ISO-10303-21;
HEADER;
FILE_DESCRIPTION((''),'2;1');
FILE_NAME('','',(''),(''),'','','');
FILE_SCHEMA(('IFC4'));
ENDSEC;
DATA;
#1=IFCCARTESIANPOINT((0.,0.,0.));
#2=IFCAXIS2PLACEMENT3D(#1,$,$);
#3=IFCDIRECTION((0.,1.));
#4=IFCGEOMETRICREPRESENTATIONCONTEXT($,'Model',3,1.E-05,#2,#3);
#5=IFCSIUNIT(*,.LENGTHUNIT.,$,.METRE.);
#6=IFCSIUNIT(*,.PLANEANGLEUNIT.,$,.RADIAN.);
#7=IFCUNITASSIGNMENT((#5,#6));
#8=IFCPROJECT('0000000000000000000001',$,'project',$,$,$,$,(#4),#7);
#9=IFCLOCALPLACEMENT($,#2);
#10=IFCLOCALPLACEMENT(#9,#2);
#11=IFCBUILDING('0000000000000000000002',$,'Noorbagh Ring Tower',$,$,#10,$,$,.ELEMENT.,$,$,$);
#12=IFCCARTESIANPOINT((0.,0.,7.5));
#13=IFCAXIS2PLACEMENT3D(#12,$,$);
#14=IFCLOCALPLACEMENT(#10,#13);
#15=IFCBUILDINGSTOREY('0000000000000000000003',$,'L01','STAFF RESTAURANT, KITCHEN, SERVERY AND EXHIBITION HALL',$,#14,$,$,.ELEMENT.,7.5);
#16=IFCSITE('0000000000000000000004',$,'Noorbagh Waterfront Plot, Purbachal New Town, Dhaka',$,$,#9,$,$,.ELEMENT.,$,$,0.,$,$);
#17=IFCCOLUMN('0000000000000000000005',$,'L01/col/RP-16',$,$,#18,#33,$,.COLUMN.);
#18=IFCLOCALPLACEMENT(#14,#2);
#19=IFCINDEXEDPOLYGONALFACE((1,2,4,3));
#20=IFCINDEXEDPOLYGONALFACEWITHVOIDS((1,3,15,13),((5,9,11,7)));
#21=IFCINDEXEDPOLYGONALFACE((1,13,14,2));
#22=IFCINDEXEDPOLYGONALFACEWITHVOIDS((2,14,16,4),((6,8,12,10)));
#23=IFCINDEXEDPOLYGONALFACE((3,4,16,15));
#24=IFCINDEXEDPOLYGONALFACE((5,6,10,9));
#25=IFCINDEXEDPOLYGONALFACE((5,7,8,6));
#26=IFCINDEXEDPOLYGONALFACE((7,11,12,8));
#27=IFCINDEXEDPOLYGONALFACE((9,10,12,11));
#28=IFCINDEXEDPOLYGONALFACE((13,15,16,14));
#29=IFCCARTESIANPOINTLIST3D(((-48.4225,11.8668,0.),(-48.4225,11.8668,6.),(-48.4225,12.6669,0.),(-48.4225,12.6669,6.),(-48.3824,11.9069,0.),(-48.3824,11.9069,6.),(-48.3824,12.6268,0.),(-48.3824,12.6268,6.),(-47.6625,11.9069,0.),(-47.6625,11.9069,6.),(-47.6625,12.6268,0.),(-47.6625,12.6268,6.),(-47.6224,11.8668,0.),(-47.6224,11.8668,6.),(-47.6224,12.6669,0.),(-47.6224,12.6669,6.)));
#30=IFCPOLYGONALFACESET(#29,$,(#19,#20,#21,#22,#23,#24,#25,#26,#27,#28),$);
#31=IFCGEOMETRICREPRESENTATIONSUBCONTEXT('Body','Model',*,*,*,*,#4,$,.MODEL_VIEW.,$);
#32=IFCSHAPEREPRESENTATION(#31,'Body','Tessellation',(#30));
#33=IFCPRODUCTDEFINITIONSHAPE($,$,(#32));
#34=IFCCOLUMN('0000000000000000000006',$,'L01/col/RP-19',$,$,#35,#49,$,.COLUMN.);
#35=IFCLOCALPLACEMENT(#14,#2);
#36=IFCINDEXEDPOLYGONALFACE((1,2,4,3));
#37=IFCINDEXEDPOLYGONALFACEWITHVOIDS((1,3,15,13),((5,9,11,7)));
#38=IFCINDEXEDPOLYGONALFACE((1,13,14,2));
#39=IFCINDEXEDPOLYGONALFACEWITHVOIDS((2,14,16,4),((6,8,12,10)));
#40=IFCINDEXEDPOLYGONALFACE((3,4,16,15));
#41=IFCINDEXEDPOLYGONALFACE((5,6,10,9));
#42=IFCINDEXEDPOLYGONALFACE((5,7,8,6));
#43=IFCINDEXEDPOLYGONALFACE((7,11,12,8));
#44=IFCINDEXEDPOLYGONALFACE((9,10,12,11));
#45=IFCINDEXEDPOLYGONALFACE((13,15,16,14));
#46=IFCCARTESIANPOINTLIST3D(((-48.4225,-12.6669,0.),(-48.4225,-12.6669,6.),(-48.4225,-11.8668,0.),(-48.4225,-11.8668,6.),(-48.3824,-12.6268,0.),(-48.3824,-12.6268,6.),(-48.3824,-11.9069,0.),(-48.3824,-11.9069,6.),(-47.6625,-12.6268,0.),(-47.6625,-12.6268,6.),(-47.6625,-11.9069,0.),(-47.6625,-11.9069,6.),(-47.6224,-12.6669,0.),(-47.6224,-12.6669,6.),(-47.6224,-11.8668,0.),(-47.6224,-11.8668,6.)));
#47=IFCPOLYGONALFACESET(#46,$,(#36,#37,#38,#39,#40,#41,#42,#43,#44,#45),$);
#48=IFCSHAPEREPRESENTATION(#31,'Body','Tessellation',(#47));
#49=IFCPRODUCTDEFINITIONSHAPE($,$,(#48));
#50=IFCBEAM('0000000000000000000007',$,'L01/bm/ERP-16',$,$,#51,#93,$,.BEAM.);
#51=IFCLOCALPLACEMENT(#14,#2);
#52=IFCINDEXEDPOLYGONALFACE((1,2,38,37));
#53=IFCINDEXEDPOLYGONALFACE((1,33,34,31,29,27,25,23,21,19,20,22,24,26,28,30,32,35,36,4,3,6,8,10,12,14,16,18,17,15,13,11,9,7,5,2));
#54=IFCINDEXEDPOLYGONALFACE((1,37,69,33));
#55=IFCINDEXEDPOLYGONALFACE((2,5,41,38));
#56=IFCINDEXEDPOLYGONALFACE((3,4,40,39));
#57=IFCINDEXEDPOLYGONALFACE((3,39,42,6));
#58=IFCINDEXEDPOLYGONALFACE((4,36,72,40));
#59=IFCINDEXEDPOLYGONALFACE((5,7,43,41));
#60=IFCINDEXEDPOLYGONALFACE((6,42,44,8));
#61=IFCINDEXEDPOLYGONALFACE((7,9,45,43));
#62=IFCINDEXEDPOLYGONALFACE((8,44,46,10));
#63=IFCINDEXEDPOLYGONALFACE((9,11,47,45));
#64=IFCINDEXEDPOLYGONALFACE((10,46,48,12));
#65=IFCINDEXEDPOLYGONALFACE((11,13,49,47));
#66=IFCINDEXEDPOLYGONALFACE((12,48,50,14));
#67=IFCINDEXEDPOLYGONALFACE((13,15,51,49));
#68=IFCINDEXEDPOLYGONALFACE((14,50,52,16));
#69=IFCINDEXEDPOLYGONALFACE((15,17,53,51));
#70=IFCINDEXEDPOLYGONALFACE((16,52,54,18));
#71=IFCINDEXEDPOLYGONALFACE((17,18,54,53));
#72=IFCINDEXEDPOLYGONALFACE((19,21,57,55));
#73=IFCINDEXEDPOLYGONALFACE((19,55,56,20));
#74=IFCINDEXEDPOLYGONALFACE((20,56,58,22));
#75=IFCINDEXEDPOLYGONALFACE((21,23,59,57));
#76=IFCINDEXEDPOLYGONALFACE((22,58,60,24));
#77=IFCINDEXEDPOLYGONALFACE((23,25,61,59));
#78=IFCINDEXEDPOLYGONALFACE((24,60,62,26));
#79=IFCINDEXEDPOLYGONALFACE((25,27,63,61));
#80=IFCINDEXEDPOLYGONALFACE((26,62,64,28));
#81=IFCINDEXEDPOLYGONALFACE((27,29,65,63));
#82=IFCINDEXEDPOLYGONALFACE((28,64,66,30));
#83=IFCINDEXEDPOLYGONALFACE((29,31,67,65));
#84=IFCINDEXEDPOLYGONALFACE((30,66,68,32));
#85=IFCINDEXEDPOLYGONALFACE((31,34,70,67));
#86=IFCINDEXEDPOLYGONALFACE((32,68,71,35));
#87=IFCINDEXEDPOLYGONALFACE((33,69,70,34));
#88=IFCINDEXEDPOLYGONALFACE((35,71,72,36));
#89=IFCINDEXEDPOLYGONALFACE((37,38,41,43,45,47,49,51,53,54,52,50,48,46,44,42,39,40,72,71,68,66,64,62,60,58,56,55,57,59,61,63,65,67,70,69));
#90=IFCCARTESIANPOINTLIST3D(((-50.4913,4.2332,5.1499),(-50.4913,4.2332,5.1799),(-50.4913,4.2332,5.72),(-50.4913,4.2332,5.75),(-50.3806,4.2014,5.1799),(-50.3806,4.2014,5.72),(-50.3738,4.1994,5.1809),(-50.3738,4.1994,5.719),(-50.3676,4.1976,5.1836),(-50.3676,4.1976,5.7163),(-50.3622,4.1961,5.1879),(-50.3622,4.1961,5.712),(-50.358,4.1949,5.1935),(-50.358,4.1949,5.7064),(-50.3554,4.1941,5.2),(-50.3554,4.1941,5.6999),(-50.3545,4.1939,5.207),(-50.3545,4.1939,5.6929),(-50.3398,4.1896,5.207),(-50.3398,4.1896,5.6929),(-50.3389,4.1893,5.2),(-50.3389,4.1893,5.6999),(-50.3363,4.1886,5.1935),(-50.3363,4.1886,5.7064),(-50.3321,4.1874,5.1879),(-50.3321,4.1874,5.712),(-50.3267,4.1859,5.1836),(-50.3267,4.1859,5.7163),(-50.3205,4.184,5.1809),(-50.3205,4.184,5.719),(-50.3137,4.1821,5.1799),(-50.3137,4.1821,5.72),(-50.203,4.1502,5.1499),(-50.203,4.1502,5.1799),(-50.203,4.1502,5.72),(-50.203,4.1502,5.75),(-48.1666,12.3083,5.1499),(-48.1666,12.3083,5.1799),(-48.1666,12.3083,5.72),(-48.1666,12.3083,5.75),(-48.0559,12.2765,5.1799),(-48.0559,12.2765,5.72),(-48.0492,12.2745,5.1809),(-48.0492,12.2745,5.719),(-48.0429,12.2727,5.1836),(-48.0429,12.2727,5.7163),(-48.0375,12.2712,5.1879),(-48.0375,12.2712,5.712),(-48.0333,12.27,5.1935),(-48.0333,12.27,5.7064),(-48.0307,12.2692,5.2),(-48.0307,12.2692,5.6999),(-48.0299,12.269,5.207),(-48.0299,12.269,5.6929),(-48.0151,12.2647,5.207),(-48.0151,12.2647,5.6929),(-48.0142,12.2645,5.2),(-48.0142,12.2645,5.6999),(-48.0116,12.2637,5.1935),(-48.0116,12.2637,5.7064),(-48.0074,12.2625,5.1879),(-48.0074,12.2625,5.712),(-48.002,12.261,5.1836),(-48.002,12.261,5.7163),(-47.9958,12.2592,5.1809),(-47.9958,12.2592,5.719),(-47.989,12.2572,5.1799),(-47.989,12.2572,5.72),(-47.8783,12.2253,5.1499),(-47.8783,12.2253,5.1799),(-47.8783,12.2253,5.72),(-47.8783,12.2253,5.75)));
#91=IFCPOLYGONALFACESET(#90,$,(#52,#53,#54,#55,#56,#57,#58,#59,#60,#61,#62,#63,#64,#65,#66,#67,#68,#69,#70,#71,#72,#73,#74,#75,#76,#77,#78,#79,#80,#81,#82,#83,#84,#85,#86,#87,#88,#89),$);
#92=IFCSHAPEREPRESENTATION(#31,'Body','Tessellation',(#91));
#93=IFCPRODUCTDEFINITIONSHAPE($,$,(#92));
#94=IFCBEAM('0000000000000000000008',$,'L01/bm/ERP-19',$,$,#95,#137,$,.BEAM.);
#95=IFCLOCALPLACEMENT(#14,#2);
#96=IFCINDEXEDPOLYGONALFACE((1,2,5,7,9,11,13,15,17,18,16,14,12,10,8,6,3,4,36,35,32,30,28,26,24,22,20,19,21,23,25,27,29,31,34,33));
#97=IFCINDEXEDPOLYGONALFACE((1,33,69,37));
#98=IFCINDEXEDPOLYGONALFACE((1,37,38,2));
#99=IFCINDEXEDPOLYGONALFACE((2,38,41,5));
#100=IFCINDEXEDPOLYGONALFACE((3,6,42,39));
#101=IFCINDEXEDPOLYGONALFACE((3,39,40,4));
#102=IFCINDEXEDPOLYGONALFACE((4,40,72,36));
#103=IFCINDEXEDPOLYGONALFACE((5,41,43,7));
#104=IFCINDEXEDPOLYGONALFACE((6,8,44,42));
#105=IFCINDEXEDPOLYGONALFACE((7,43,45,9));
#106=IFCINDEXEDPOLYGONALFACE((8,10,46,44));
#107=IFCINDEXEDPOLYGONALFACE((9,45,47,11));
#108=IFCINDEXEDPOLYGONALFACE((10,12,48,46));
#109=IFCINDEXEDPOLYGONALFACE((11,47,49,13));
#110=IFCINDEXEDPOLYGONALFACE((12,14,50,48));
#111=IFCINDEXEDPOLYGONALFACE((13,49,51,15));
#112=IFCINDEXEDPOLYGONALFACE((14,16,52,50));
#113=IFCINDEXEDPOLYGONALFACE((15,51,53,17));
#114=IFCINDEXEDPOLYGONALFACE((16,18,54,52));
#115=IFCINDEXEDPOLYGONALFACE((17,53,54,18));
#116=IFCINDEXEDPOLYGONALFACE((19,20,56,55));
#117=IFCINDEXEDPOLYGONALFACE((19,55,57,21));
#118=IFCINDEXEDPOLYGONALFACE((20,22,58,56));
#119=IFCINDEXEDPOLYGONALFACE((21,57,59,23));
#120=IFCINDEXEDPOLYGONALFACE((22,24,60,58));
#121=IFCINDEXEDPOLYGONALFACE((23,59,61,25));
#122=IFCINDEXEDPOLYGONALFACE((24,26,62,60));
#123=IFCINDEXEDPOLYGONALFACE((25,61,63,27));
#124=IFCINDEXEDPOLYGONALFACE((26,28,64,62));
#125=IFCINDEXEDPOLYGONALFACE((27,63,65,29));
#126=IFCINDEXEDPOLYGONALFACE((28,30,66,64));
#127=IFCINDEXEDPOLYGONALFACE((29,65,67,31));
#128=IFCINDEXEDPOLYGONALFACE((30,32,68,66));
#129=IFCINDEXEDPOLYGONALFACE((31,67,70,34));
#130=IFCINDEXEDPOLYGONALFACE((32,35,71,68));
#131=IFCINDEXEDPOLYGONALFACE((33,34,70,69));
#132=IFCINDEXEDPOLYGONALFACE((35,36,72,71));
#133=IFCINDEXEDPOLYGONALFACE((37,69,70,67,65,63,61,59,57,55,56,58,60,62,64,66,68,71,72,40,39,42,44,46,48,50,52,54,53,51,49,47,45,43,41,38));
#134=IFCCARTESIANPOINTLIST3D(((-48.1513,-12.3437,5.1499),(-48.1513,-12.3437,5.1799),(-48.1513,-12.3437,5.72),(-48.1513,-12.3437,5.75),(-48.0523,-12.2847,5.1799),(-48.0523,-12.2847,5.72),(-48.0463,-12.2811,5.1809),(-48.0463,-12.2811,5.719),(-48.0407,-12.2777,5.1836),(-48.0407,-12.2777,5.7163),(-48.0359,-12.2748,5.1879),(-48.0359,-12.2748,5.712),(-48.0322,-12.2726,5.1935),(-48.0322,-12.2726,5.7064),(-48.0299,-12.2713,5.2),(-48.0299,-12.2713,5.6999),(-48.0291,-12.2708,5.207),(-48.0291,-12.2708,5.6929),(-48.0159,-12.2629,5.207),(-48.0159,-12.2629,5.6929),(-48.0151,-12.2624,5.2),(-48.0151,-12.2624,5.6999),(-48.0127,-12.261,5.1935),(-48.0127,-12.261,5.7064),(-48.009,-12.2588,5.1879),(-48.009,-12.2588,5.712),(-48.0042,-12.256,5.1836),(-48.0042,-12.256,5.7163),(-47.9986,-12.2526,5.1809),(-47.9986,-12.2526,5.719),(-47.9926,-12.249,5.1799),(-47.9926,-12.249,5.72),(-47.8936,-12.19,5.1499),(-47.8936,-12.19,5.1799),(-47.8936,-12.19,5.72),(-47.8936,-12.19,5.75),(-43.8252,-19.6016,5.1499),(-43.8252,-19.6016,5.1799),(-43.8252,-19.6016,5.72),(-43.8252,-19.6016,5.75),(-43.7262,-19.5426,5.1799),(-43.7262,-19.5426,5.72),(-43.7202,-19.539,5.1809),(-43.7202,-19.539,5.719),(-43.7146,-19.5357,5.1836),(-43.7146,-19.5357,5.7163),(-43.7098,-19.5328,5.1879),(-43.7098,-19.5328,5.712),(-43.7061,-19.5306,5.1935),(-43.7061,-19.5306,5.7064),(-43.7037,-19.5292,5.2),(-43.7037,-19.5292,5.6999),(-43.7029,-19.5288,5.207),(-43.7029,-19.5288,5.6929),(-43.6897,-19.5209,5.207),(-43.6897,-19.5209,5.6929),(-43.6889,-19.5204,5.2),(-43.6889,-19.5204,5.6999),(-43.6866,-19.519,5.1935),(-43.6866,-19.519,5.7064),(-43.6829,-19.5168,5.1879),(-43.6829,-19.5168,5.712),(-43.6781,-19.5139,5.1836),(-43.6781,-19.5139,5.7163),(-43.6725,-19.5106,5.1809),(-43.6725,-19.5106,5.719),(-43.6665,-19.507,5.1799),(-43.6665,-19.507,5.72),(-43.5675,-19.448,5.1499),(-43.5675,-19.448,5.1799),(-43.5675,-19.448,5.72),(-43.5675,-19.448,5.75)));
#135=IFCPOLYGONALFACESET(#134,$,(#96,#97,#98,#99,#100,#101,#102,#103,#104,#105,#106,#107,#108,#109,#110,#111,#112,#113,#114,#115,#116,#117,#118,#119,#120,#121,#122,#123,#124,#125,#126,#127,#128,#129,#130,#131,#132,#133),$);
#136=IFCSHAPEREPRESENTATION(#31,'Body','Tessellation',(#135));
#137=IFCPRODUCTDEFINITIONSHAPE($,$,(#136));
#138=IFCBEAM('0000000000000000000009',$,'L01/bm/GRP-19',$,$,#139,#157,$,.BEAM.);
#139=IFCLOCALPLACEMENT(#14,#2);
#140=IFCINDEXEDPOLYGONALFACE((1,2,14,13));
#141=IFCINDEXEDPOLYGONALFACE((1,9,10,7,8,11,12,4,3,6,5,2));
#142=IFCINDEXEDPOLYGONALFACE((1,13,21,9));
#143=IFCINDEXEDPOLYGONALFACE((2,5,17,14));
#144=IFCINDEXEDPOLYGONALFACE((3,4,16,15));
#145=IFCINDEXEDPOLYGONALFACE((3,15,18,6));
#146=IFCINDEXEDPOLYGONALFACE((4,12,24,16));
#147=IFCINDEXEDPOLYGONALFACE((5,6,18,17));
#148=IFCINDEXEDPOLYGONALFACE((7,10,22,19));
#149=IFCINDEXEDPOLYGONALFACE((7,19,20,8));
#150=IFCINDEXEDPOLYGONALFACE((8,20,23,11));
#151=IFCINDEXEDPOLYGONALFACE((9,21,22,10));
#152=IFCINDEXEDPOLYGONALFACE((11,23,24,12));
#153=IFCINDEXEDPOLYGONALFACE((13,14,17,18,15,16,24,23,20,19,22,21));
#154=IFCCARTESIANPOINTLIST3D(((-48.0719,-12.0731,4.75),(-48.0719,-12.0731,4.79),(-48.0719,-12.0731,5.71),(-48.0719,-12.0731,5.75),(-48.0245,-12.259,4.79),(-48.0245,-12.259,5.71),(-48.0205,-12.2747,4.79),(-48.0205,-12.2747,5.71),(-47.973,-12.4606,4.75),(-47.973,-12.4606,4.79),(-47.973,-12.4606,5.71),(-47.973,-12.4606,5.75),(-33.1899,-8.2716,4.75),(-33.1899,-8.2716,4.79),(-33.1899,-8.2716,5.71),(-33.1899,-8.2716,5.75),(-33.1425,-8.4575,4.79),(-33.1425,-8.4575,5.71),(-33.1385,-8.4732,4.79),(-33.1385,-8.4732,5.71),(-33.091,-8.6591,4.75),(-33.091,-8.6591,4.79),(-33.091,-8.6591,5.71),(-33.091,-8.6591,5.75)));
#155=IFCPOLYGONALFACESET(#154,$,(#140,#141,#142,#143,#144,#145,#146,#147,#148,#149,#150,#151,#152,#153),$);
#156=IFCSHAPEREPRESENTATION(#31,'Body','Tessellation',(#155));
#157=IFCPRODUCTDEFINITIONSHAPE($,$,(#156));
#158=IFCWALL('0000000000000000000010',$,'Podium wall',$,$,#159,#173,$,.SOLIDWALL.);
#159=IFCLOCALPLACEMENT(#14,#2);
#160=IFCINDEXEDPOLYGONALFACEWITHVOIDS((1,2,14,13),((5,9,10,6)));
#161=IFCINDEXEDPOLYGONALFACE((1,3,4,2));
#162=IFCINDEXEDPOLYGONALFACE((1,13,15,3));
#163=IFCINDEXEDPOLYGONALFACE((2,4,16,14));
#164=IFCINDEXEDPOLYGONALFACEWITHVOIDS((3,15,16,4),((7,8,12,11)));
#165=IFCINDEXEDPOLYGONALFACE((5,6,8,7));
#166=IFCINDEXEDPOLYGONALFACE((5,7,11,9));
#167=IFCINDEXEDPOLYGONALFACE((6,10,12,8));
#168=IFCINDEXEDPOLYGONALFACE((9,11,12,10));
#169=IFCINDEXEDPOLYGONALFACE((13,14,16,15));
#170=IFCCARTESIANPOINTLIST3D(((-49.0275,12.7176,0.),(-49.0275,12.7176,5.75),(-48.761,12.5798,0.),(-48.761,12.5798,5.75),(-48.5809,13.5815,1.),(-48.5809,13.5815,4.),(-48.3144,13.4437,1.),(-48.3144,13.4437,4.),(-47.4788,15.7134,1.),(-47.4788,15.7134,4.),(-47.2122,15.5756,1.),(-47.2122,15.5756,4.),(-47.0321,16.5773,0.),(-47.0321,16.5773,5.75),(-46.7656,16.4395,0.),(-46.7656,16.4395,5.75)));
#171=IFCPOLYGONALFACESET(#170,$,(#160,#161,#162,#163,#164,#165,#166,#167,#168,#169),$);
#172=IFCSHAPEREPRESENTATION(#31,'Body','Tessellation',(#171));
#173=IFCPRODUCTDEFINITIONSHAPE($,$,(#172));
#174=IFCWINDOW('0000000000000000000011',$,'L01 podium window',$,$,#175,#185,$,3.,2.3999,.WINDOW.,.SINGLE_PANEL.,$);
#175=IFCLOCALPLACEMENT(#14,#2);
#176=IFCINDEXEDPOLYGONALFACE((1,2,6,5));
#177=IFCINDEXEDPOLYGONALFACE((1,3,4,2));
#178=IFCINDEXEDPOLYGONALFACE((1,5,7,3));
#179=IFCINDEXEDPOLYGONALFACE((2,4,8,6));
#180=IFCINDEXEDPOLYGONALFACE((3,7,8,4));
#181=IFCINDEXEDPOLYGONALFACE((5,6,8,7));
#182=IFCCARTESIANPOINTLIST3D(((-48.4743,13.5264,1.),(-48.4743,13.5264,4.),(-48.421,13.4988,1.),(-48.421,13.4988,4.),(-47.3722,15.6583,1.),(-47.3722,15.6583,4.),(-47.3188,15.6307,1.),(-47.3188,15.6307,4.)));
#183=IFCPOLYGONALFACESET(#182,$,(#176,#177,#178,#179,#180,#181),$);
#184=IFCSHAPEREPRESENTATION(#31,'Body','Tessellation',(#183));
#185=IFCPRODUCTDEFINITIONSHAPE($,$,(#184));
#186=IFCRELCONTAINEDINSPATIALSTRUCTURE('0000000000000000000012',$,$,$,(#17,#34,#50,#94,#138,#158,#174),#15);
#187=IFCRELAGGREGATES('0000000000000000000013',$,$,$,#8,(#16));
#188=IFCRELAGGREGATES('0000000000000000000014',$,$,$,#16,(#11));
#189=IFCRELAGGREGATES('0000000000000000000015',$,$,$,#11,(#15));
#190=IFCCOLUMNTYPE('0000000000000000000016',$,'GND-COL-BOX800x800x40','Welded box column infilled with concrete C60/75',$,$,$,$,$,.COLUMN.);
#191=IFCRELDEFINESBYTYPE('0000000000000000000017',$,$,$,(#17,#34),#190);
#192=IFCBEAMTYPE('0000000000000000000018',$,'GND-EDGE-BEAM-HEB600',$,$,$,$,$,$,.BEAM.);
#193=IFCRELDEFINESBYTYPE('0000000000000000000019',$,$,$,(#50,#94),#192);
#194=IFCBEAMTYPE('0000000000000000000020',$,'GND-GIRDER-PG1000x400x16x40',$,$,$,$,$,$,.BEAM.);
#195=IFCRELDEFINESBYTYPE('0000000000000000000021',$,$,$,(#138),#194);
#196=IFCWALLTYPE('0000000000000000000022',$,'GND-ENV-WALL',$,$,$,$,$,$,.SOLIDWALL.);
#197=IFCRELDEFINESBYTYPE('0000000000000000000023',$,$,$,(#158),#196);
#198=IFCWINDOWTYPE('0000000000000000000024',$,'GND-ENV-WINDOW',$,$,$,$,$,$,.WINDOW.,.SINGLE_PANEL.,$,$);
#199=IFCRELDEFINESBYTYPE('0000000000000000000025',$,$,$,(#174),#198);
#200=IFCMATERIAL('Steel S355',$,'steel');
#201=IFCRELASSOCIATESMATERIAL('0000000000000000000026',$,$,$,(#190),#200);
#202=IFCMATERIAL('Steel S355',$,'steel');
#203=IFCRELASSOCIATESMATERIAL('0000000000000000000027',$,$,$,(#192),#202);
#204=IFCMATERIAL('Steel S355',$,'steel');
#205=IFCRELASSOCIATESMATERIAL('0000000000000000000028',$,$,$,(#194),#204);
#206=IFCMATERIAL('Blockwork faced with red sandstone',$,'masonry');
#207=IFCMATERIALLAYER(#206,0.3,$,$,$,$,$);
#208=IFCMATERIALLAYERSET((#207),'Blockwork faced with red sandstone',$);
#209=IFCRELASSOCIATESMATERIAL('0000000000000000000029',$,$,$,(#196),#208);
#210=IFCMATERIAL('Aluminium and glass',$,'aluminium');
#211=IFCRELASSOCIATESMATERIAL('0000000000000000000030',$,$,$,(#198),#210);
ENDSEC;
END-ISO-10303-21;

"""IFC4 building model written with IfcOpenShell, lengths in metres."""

from ifc_helpers import new_model, si_unit, direction, frame, frame_2d, origin, origin_2d, place, context, subcontext, project, spatial, rectangle, hollow_rectangle, i_section, extrude, material, layer, layer_set, material_profile, profile_set, type_object, element, fill, save


model = new_model("IFC4")

# Units and contexts
model_context = context("Model", 3, precision=1e-05, world=origin(), true_north=direction((0.0, 1.0)))
body_context = subcontext(model_context, "Body", "Model", "MODEL_VIEW")
ifc_project = project(units=[si_unit("LENGTHUNIT", "METRE"), si_unit("PLANEANGLEUNIT", "RADIAN")], contexts=[model_context])

# Site, building, storey
site_placement = place(None, origin())
site = spatial("IfcSite", under=ifc_project, at=site_placement, Name="Noorbagh Waterfront Plot, Purbachal New Town, Dhaka", CompositionType="ELEMENT", RefElevation=0.0)
building_placement = place(site_placement, origin())
building = spatial("IfcBuilding", under=site, at=building_placement, Name="Noorbagh Ring Tower", CompositionType="ELEMENT")
storey_placement = place(building_placement, frame((0.0, 0.0, 7.5)))
storey = spatial("IfcBuildingStorey", under=building, at=storey_placement, Name="L01", Description="STAFF RESTAURANT, KITCHEN, SERVERY AND EXHIBITION HALL", CompositionType="ELEMENT", Elevation=7.5)

# Columns
ifc_material_1 = material(Name="Steel S355", Category="steel")
ifc_material_profile_1 = material_profile(ifc_material_1, hollow_rectangle(XDim=0.8, YDim=0.8, WallThickness=0.04, at=origin_2d()), Name="BOX800x800x40")
ifc_profile_set_1 = profile_set([ifc_material_profile_1], Name="Steel S355")
column_type = type_object("IfcColumnType", Name="GND-COL-BOX800x800x40", Description="Welded box column infilled with concrete C60/75", PredefinedType="COLUMN", material=ifc_profile_set_1)
for number, where, z_axis, x_axis, name in (
    (1, (-48.0225, 12.2668, 0.0), (0.0, 0.0, 1.0), (1.0, 0.0, 0.0), "L01/col/RP-16"),
    (2, (-48.0225, -12.2668, 0.0), (0.0, 0.0, 1.0), (1.0, 0.0, 0.0), "L01/col/RP-19"),
):
    element("IfcColumn", number, at=place(storey_placement, frame(where, z_axis=z_axis, x_axis=x_axis)), inside=storey, type_object=column_type, Name=name, PredefinedType="COLUMN", context=body_context, shape_type="SweptSolid", body=[
        extrude(hollow_rectangle(XDim=0.8, YDim=0.8, WallThickness=0.04, at=origin_2d()), origin(), (0.0, 0.0, 1.0), 6.0),
    ])

# Beams
ifc_material_2 = material(Name="Steel S355", Category="steel")
ifc_material_profile_2 = material_profile(ifc_material_2, i_section(OverallWidth=0.3, OverallDepth=0.6001, WebThickness=0.0154, FlangeThickness=0.03, FilletRadius=0.0271, at=origin_2d()), Name="HEB600")
ifc_profile_set_2 = profile_set([ifc_material_profile_2], Name="Steel S355")
beam_type_1 = type_object("IfcBeamType", Name="GND-EDGE-BEAM-HEB600", PredefinedType="BEAM", material=ifc_profile_set_2)
beam_1_placement = place(storey_placement, frame((-48.0225, 12.2668, 5.45), z_axis=(-0.276647, -0.960972, 0.0), x_axis=(0.960972, -0.276647, 0.0)))
element("IfcBeam", 3, at=beam_1_placement, inside=storey, type_object=beam_type_1, Name="L01/bm/ERP-16", PredefinedType="BEAM", context=body_context, shape_type="SweptSolid", body=[
    extrude(i_section(OverallWidth=0.3, OverallDepth=0.6001, WebThickness=0.0154, FlangeThickness=0.03, FilletRadius=0.0271, at=origin_2d()), origin(), (0.0, 0.0, 1.0), 8.4031),
])
beam_2_placement = place(storey_placement, frame((-48.0225, -12.2668, 5.45), z_axis=(0.511999, -0.858986, 0.0), x_axis=(0.858986, 0.511999, 0.0)))
element("IfcBeam", 4, at=beam_2_placement, inside=storey, type_object=beam_type_1, Name="L01/bm/ERP-19", PredefinedType="BEAM", context=body_context, shape_type="SweptSolid", body=[
    extrude(i_section(OverallWidth=0.3, OverallDepth=0.6001, WebThickness=0.0154, FlangeThickness=0.03, FilletRadius=0.0271, at=origin_2d()), origin(), (0.0, 0.0, 1.0), 8.4495),
])
ifc_material_3 = material(Name="Steel S355", Category="steel")
ifc_material_profile_3 = material_profile(ifc_material_3, i_section(OverallWidth=0.3999, OverallDepth=1.0, WebThickness=0.0161, FlangeThickness=0.04, at=origin_2d()), Name="PG1000x400x16x40")
ifc_profile_set_3 = profile_set([ifc_material_profile_3], Name="Steel S355")
beam_type_2 = type_object("IfcBeamType", Name="GND-GIRDER-PG1000x400x16x40", PredefinedType="BEAM", material=ifc_profile_set_3)
beam_3_placement = place(storey_placement, frame((-48.0225, -12.2668, 5.25), z_axis=(0.968889, 0.247495, 0.0), x_axis=(-0.247495, 0.968889, 0.0)))
element("IfcBeam", 5, at=beam_3_placement, inside=storey, type_object=beam_type_2, Name="L01/bm/GRP-19", PredefinedType="BEAM", context=body_context, shape_type="SweptSolid", body=[
    extrude(i_section(OverallWidth=0.3999, OverallDepth=1.0, WebThickness=0.0161, FlangeThickness=0.04, at=origin_2d()), origin(), (0.0, 0.0, 1.0), 15.3599),
])

# Wall, opening, window
ifc_material_4 = material(Name="Blockwork faced with red sandstone", Category="masonry")
ifc_layer_1 = layer(ifc_material_4, 0.3)
ifc_layer_set_1 = layer_set([ifc_layer_1], Name="Blockwork faced with red sandstone")
wall_type_1 = type_object("IfcWallType", Name="GND-ENV-WALL", PredefinedType="SOLIDWALL", material=ifc_layer_set_1)
wall_1_placement = place(storey_placement, frame((-46.8989, 16.5083, 0.0), z_axis=(0.0, 0.0, 1.0), x_axis=(-0.459243, -0.888311, 0.0)))
wall_1 = element("IfcWall", 6, at=wall_1_placement, inside=storey, type_object=wall_type_1, Name="Podium wall", PredefinedType="SOLIDWALL", context=body_context, shape_type="SweptSolid", body=[
    extrude(rectangle(XDim=4.345, YDim=0.3, at=frame_2d((2.1724, 0.0))), origin(), (0.0, 0.0, 1.0), 5.75),
])
opening_1_placement = place(wall_1_placement, frame((0.9724, 0.0, 1.0)))
opening_1 = element("IfcOpeningElement", 7, at=opening_1_placement, cuts=wall_1, PredefinedType="OPENING", context=body_context, shape_type="SweptSolid", body=[
    extrude(rectangle(XDim=2.3999, YDim=3.0, at=frame_2d((1.2, 1.5))), frame((0.0, 0.1602, 0.0), z_axis=(0.0, -1.0, 0.0), x_axis=(1.0, 0.0, 0.0)), (0.0, 0.0, 1.0), 0.3201),
])
ifc_material_5 = material(Name="Aluminium and glass", Category="aluminium")
window_type = type_object("IfcWindowType", Name="GND-ENV-WINDOW", PartitioningType="SINGLE_PANEL", PredefinedType="WINDOW", material=ifc_material_5)
window_1_placement = place(opening_1_placement, origin())
window_1 = element("IfcWindow", 8, at=window_1_placement, inside=storey, type_object=window_type, Name="L01 podium window", OverallHeight=3.0, OverallWidth=2.3999, PartitioningType="SINGLE_PANEL", PredefinedType="WINDOW", context=body_context, shape_type="SweptSolid", body=[
    extrude(rectangle(XDim=2.3999, YDim=3.0, at=frame_2d((1.2, 1.5))), frame((0.0, 0.03, 0.0), z_axis=(0.0, -1.0, 0.0), x_axis=(1.0, 0.0, 0.0)), (0.0, 0.0, 1.0), 0.0601),
])
fill(opening_1, window_1)

save(model, "model.ifc")
